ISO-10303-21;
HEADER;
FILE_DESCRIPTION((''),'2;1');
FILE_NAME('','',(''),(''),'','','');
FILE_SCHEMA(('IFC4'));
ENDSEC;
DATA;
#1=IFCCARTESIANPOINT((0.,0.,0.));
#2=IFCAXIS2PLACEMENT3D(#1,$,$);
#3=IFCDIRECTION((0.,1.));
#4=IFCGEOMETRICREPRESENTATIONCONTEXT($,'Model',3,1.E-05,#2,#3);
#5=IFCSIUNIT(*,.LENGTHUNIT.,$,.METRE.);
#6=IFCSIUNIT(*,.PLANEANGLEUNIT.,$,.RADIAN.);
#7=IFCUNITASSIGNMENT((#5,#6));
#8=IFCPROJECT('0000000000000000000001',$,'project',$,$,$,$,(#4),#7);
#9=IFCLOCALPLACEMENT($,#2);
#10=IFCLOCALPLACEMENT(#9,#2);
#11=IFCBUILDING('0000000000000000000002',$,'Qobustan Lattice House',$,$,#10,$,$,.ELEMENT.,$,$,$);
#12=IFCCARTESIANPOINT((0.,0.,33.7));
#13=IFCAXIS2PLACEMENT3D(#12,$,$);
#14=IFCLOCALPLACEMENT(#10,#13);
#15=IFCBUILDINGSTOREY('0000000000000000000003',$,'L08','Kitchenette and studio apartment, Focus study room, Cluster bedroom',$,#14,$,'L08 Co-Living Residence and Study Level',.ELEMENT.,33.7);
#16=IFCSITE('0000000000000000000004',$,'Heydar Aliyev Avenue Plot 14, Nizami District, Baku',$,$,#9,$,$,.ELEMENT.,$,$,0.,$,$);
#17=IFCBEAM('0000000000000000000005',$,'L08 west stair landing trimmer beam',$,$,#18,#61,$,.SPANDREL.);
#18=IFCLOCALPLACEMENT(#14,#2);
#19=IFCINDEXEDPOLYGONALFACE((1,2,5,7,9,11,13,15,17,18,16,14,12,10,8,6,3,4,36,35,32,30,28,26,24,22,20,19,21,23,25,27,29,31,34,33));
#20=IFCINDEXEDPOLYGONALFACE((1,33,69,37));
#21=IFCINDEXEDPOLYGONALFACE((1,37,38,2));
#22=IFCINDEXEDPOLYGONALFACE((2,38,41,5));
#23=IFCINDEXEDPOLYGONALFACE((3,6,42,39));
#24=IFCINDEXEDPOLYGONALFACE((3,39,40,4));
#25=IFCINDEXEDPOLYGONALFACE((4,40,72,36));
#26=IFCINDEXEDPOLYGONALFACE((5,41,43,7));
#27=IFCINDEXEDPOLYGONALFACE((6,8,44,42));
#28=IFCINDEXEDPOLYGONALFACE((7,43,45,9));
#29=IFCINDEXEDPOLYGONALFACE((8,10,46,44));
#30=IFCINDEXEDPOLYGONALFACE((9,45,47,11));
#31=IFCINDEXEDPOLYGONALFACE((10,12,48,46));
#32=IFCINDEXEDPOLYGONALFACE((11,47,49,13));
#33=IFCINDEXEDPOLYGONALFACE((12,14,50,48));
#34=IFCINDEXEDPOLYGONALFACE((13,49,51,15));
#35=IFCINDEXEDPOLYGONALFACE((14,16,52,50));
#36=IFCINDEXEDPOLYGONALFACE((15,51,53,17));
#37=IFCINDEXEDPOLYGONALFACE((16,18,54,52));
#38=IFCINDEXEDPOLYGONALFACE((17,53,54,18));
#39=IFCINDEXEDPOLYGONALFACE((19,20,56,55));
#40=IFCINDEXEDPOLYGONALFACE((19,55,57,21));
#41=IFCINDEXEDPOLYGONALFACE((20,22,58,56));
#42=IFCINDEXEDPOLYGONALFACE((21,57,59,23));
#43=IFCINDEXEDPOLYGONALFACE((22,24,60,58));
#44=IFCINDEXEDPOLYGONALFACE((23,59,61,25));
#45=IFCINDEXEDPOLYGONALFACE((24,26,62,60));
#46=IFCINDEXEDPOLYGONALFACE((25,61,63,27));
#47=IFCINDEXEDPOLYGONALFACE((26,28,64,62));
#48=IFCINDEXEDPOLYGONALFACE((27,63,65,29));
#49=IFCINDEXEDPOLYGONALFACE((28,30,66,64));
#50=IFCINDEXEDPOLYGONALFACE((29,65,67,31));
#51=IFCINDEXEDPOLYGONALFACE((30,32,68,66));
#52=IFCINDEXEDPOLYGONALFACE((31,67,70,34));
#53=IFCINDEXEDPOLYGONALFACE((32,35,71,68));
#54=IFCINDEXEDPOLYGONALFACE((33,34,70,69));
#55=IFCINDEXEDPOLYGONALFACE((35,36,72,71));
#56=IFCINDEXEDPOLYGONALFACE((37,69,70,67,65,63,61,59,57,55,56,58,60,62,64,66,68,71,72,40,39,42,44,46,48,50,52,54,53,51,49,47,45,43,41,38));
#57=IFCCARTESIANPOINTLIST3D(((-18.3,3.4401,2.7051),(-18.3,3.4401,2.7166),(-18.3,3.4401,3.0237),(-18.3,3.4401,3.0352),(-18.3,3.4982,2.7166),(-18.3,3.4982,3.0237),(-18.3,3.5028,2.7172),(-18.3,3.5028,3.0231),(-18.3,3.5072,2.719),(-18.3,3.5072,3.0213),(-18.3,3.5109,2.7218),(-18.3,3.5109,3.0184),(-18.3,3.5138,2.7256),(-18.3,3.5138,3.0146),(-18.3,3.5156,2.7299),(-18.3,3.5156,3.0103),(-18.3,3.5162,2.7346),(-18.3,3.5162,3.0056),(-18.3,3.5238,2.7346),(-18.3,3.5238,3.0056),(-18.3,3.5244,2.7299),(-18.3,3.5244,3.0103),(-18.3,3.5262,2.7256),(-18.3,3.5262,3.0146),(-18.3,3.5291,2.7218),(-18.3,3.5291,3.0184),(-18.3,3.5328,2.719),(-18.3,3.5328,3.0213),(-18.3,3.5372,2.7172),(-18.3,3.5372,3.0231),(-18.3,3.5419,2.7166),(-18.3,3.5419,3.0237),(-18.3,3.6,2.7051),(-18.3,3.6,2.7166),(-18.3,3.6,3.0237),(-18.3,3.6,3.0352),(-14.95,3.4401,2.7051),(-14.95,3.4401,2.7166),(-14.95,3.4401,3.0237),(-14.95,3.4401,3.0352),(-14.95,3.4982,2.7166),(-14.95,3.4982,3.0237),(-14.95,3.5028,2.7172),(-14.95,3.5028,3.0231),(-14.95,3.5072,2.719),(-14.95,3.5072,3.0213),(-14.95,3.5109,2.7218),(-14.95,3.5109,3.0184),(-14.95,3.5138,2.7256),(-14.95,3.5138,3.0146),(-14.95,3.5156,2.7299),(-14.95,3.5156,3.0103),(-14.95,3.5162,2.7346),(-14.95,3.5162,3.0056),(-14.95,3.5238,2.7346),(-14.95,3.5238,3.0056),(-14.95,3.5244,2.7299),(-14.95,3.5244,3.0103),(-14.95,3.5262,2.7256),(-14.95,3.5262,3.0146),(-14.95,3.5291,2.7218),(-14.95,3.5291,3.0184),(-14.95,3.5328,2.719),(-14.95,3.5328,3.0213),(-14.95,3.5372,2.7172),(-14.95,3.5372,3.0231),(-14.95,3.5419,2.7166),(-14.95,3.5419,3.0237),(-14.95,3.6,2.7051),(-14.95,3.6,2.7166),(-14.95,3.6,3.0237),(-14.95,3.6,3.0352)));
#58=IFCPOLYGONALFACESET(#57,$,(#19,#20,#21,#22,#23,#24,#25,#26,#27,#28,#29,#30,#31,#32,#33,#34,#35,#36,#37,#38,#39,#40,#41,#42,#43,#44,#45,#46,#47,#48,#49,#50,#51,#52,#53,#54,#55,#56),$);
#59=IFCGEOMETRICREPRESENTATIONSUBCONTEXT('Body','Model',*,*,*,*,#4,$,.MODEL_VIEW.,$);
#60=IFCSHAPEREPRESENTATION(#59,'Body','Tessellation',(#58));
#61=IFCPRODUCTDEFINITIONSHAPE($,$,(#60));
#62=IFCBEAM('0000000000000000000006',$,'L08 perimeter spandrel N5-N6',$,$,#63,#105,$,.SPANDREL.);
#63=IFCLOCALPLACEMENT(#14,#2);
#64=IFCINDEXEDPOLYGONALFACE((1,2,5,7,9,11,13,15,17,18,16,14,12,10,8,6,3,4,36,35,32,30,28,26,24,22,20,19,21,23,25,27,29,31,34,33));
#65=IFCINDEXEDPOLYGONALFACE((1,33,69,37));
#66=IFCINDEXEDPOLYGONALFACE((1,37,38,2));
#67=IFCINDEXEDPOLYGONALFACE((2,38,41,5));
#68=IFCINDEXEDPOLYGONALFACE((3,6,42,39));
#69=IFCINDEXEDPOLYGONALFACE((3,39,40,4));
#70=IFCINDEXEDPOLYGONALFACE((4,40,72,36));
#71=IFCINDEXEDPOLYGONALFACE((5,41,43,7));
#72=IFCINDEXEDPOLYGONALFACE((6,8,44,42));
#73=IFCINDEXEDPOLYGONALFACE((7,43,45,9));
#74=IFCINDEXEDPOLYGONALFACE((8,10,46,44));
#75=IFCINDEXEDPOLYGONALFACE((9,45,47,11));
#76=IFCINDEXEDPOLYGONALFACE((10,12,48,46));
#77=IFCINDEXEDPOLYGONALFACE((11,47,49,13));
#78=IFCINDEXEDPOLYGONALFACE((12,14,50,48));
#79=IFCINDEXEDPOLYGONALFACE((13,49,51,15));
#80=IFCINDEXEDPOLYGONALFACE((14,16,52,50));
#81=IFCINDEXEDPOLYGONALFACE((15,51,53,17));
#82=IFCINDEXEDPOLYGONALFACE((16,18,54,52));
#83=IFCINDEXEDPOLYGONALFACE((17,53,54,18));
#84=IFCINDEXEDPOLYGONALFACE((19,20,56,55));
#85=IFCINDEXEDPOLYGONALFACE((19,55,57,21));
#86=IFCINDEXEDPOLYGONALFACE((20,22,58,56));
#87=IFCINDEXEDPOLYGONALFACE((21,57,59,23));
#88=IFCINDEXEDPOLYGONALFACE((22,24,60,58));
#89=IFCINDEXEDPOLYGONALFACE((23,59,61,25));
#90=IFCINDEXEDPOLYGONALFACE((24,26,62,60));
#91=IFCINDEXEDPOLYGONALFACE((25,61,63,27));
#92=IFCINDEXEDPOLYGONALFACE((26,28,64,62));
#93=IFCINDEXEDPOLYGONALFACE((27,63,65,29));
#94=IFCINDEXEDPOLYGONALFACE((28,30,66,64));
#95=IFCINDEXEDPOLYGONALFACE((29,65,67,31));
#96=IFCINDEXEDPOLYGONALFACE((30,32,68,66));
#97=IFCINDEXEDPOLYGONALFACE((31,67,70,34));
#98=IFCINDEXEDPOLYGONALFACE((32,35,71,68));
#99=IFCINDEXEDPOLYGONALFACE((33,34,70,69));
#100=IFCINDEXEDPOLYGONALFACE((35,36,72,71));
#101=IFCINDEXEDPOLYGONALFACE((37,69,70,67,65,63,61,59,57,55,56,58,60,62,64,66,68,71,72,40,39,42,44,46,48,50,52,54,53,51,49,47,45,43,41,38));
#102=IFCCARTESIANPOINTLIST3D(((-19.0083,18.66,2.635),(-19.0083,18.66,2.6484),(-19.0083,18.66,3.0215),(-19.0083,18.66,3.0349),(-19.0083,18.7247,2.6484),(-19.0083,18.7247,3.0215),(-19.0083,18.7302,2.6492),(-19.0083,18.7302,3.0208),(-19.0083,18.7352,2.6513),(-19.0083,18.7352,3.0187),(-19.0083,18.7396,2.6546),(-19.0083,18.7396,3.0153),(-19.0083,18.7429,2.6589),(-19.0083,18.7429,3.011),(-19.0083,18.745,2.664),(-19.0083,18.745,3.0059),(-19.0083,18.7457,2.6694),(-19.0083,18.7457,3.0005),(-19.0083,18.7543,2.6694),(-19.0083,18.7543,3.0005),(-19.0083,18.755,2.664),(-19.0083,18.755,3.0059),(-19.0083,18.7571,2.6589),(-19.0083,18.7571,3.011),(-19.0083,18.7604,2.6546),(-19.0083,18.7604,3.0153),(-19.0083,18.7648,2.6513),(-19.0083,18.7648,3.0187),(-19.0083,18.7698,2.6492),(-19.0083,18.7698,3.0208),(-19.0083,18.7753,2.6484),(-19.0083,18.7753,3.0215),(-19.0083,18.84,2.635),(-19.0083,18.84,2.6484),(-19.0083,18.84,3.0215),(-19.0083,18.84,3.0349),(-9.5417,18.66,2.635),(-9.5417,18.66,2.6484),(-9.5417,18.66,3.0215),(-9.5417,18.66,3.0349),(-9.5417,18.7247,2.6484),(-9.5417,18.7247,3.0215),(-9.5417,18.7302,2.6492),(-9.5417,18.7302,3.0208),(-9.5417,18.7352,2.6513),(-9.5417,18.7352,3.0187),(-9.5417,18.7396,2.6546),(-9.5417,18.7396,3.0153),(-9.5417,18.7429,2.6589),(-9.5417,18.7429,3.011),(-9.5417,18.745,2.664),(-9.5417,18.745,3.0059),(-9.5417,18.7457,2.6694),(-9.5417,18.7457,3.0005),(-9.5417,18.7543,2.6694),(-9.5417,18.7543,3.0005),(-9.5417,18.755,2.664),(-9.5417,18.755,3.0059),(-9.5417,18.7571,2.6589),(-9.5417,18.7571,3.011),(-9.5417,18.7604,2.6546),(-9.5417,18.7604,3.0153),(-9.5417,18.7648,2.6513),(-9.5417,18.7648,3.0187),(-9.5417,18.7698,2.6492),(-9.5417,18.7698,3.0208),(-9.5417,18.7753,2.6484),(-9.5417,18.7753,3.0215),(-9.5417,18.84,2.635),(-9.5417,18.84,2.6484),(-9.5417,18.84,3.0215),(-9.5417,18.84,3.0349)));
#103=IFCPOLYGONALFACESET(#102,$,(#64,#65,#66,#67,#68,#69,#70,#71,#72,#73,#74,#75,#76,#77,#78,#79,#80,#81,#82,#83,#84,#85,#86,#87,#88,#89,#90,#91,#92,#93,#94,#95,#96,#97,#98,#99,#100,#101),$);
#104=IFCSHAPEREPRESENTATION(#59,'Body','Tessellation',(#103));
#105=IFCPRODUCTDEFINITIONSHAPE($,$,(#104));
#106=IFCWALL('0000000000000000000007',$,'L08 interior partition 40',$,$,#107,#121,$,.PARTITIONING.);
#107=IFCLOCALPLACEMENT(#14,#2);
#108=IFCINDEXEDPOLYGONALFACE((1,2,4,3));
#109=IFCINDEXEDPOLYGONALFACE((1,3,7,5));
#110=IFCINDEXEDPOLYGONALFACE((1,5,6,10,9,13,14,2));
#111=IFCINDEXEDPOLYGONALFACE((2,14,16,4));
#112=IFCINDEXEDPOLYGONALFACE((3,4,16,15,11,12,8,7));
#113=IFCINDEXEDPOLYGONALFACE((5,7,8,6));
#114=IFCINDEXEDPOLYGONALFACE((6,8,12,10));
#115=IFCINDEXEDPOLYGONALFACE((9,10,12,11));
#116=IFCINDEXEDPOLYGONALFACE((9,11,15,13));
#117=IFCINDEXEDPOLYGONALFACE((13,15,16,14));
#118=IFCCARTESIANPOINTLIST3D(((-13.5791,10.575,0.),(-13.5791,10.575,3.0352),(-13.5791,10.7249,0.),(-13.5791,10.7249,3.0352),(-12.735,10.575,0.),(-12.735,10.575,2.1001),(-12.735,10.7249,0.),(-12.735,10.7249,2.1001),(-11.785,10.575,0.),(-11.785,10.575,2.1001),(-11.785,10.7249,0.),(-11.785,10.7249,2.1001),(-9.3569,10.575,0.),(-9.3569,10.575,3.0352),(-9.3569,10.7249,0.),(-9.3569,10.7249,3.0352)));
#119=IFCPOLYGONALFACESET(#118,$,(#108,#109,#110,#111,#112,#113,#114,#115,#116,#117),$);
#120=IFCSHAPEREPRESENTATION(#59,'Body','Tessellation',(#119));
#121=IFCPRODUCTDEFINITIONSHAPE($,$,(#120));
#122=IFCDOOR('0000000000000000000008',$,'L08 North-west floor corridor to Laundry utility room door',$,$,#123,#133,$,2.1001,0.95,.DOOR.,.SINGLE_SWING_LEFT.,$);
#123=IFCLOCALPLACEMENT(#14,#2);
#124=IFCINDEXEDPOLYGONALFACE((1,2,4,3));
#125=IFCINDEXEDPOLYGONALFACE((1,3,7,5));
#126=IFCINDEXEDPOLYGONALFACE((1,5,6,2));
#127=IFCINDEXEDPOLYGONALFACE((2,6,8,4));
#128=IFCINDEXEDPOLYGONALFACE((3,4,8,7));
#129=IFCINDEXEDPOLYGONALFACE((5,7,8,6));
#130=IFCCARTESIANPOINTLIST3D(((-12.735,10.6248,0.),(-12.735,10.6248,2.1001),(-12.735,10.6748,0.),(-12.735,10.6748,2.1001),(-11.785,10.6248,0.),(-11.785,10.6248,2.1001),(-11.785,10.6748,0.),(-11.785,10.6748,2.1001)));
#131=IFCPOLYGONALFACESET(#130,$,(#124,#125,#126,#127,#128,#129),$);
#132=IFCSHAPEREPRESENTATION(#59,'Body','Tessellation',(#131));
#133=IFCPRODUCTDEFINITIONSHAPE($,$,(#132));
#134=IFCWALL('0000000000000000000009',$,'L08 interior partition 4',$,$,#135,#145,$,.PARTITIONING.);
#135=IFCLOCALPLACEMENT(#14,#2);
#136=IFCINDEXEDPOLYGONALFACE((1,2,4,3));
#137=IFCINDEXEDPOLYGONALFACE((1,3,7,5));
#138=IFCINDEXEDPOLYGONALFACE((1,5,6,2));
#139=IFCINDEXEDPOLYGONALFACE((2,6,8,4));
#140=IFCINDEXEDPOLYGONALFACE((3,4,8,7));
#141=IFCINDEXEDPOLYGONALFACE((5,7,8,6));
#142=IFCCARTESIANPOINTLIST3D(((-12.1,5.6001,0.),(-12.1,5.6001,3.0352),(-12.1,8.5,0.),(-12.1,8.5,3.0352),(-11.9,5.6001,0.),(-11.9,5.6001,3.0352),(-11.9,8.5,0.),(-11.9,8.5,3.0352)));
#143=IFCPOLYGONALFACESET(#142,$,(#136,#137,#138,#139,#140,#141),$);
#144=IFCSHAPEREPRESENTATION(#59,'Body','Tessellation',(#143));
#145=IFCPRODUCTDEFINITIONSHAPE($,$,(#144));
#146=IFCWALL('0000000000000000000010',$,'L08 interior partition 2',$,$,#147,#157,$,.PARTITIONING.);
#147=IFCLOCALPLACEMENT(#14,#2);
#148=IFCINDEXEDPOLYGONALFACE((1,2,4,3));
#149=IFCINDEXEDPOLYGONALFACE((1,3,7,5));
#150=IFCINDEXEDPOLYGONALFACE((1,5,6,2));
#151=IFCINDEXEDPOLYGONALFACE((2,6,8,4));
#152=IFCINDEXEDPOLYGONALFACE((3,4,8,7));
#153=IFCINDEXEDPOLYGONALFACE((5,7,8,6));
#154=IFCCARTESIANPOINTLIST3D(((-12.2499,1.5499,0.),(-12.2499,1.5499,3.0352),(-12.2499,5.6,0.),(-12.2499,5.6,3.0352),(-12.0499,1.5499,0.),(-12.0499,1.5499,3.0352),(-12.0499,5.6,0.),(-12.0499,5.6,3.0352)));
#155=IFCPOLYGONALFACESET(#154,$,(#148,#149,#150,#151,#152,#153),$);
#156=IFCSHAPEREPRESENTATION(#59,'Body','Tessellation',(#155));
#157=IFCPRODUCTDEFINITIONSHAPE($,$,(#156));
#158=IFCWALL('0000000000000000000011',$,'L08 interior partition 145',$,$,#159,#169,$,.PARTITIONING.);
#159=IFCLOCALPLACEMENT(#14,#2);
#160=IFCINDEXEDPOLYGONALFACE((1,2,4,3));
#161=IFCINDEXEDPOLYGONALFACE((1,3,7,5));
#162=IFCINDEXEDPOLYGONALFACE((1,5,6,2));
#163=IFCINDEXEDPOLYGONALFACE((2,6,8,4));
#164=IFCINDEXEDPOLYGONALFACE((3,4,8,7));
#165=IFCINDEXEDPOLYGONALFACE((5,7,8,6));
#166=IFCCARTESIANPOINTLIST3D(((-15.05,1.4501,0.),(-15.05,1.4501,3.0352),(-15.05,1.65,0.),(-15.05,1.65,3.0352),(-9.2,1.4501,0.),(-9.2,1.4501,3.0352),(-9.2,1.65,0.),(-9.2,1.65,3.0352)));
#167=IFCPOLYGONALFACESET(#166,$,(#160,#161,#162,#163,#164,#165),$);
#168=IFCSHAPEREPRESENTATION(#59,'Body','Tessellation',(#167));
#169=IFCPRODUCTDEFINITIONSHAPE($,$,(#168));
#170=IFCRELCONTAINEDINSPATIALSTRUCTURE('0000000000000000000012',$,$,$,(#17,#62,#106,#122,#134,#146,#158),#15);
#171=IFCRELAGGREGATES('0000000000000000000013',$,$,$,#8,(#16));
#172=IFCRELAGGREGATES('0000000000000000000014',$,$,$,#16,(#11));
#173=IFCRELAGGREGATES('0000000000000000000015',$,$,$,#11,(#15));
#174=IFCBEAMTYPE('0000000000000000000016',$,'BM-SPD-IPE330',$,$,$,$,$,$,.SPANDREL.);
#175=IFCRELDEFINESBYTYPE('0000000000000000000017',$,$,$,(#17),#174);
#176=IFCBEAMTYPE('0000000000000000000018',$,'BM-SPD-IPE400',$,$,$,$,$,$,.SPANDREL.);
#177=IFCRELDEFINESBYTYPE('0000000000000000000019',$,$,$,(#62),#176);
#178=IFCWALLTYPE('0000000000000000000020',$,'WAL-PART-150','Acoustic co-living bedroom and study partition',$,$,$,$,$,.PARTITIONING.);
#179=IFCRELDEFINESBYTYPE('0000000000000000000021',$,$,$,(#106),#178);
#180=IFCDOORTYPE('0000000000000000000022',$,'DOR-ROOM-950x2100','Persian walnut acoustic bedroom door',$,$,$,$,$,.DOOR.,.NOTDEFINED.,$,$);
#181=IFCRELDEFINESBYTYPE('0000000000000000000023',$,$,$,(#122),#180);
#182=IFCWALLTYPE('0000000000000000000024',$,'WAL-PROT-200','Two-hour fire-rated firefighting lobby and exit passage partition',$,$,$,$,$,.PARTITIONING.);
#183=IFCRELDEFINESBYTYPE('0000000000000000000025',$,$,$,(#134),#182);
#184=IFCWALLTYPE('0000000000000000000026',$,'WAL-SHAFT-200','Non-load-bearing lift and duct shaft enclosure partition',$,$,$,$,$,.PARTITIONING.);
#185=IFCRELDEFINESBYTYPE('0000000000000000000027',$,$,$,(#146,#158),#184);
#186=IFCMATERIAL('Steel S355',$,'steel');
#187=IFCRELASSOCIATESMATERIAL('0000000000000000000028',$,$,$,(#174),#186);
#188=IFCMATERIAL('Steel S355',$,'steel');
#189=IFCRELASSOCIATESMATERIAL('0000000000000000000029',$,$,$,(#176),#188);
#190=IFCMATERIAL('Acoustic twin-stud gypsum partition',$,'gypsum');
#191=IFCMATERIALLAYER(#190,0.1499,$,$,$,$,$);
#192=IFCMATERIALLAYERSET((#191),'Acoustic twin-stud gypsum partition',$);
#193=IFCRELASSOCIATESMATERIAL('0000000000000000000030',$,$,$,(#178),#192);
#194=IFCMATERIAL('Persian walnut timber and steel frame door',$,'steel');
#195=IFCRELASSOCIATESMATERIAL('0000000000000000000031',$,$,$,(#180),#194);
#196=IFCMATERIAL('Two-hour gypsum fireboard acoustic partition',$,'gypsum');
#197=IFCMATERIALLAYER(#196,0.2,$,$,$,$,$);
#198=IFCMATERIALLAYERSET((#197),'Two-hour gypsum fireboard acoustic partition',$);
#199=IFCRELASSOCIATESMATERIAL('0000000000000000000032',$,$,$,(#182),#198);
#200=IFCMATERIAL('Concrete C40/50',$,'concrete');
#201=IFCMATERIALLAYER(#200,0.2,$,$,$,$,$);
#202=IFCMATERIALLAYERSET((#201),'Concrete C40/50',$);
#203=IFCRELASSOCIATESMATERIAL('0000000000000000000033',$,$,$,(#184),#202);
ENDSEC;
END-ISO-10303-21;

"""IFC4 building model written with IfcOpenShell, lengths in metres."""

from ifc_helpers import new_model, si_unit, direction, frame, frame_2d, origin, origin_2d, place, context, subcontext, project, spatial, rectangle, i_section, extrude, material, layer, layer_set, material_profile, profile_set, type_object, element, fill, save


model = new_model("IFC4")

# Units and contexts
model_context = context("Model", 3, precision=1e-05, world=origin(), true_north=direction((0.0, 1.0)))
body_context = subcontext(model_context, "Body", "Model", "MODEL_VIEW")
ifc_project = project(units=[si_unit("LENGTHUNIT", "METRE"), si_unit("PLANEANGLEUNIT", "RADIAN")], contexts=[model_context])

# Site, building, storey
site_placement = place(None, origin())
site = spatial("IfcSite", under=ifc_project, at=site_placement, Name="Heydar Aliyev Avenue Plot 14, Nizami District, Baku", CompositionType="ELEMENT", RefElevation=0.0)
building_placement = place(site_placement, origin())
building = spatial("IfcBuilding", under=site, at=building_placement, Name="Qobustan Lattice House", CompositionType="ELEMENT")
storey_placement = place(building_placement, frame((0.0, 0.0, 33.7)))
storey = spatial("IfcBuildingStorey", under=building, at=storey_placement, Name="L08", Description="Kitchenette and studio apartment, Focus study room, Cluster bedroom", LongName="L08 Co-Living Residence and Study Level", CompositionType="ELEMENT", Elevation=33.7)

# Beams
ifc_material_1 = material(Name="Steel S355", Category="steel")
ifc_material_profile_1 = material_profile(ifc_material_1, i_section(OverallWidth=0.1599, OverallDepth=0.3301, WebThickness=0.0076, FlangeThickness=0.0115, FilletRadius=0.0181, at=origin_2d()), Name="IPE330")
ifc_profile_set_1 = profile_set([ifc_material_profile_1], Name="Steel S355")
beam_type_1 = type_object("IfcBeamType", Name="BM-SPD-IPE330", PredefinedType="SPANDREL", material=ifc_profile_set_1)
beam_1_placement = place(storey_placement, frame((-18.3, 3.52, 2.8701), z_axis=(1.0, 0.0, 0.0), x_axis=(0.0, 1.0, 0.0)))
element("IfcBeam", 1, at=beam_1_placement, inside=storey, type_object=beam_type_1, Name="L08 west stair landing trimmer beam", PredefinedType="SPANDREL", context=body_context, shape_type="SweptSolid", body=[
    extrude(i_section(OverallWidth=0.1599, OverallDepth=0.3301, WebThickness=0.0076, FlangeThickness=0.0115, FilletRadius=0.0181, at=origin_2d()), origin(), (0.0, 0.0, 1.0), 3.3501),
])
ifc_material_2 = material(Name="Steel S355", Category="steel")
ifc_material_profile_2 = material_profile(ifc_material_2, i_section(OverallWidth=0.1799, OverallDepth=0.3999, WebThickness=0.0085, FlangeThickness=0.0134, FilletRadius=0.021, at=origin_2d()), Name="IPE400")
ifc_profile_set_2 = profile_set([ifc_material_profile_2], Name="Steel S355")
beam_type_2 = type_object("IfcBeamType", Name="BM-SPD-IPE400", PredefinedType="SPANDREL", material=ifc_profile_set_2)
beam_2_placement = place(storey_placement, frame((-9.5417, 18.75, 2.835), z_axis=(-1.0, 0.0, 0.0), x_axis=(0.0, -1.0, 0.0)))
element("IfcBeam", 2, at=beam_2_placement, inside=storey, type_object=beam_type_2, Name="L08 perimeter spandrel N5-N6", PredefinedType="SPANDREL", context=body_context, shape_type="SweptSolid", body=[
    extrude(i_section(OverallWidth=0.1799, OverallDepth=0.3999, WebThickness=0.0085, FlangeThickness=0.0134, FilletRadius=0.021, at=origin_2d()), origin(), (0.0, 0.0, 1.0), 9.4666),
])

# Wall, opening, door
ifc_material_3 = material(Name="Acoustic twin-stud gypsum partition", Category="gypsum")
ifc_layer_1 = layer(ifc_material_3, 0.1499)
ifc_layer_set_1 = layer_set([ifc_layer_1], Name="Acoustic twin-stud gypsum partition")
wall_type_1 = type_object("IfcWallType", Name="WAL-PART-150", Description="Acoustic co-living bedroom and study partition", PredefinedType="PARTITIONING", material=ifc_layer_set_1)
wall_1_placement = place(storey_placement, frame((-13.5791, 10.6499, 0.0), z_axis=(0.0, 0.0, 1.0), x_axis=(1.0, 0.0, 0.0)))
wall_1 = element("IfcWall", 3, at=wall_1_placement, inside=storey, type_object=wall_type_1, Name="L08 interior partition 40", PredefinedType="PARTITIONING", context=body_context, shape_type="SweptSolid", body=[
    extrude(rectangle(XDim=4.2222, YDim=0.1499, at=frame_2d((2.1111, 0.0))), origin(), (0.0, 0.0, 1.0), 3.0352),
])
opening_1_placement = place(wall_1_placement, frame((0.844, 0.0, 0.0)))
opening_1 = element("IfcOpeningElement", 4, at=opening_1_placement, cuts=wall_1, PredefinedType="OPENING", context=body_context, shape_type="SweptSolid", body=[
    extrude(rectangle(XDim=0.95, YDim=2.1001, at=frame_2d((0.4751, 1.05))), frame((0.0, 0.085, 0.0), z_axis=(0.0, -1.0, 0.0), x_axis=(1.0, 0.0, 0.0)), (0.0, 0.0, 1.0), 0.1699),
])
ifc_material_4 = material(Name="Persian walnut timber and steel frame door", Category="steel")
door_type_1 = type_object("IfcDoorType", Name="DOR-ROOM-950x2100", Description="Persian walnut acoustic bedroom door", OperationType="NOTDEFINED", PredefinedType="DOOR", material=ifc_material_4)
door_1_placement = place(opening_1_placement, origin())
door_1 = element("IfcDoor", 5, at=door_1_placement, inside=storey, type_object=door_type_1, Name="L08 North-west floor corridor to Laundry utility room door", OperationType="SINGLE_SWING_LEFT", OverallHeight=2.1001, OverallWidth=0.95, PredefinedType="DOOR", context=body_context, shape_type="SweptSolid", body=[
    extrude(rectangle(XDim=0.95, YDim=2.1001, at=frame_2d((0.4751, 1.05))), frame((0.0, 0.0249, 0.0), z_axis=(0.0, -1.0, 0.0), x_axis=(1.0, 0.0, 0.0)), (0.0, 0.0, 1.0), 0.05),
])
fill(opening_1, door_1)
ifc_material_5 = material(Name="Two-hour gypsum fireboard acoustic partition", Category="gypsum")
ifc_layer_2 = layer(ifc_material_5, 0.2)
ifc_layer_set_2 = layer_set([ifc_layer_2], Name="Two-hour gypsum fireboard acoustic partition")
wall_type_2 = type_object("IfcWallType", Name="WAL-PROT-200", Description="Two-hour fire-rated firefighting lobby and exit passage partition", PredefinedType="PARTITIONING", material=ifc_layer_set_2)

# Walls
wall_2_placement = place(storey_placement, frame((-12.0, 5.6001, 0.0), z_axis=(0.0, 0.0, 1.0), x_axis=(0.0, 1.0, 0.0)))
element("IfcWall", 6, at=wall_2_placement, inside=storey, type_object=wall_type_2, Name="L08 interior partition 4", PredefinedType="PARTITIONING", context=body_context, shape_type="SweptSolid", body=[
    extrude(rectangle(XDim=2.8999, YDim=0.2, at=frame_2d((1.45, 0.0))), origin(), (0.0, 0.0, 1.0), 3.0352),
])
ifc_material_6 = material(Name="Concrete C40/50", Category="concrete")
ifc_layer_3 = layer(ifc_material_6, 0.2)
ifc_layer_set_3 = layer_set([ifc_layer_3], Name="Concrete C40/50")
wall_type_3 = type_object("IfcWallType", Name="WAL-SHAFT-200", Description="Non-load-bearing lift and duct shaft enclosure partition", PredefinedType="PARTITIONING", material=ifc_layer_set_3)
wall_3_placement = place(storey_placement, frame((-12.1499, 1.55, 0.0), z_axis=(0.0, 0.0, 1.0), x_axis=(0.0, 1.0, 0.0)))
element("IfcWall", 7, at=wall_3_placement, inside=storey, type_object=wall_type_3, Name="L08 interior partition 2", PredefinedType="PARTITIONING", context=body_context, shape_type="SweptSolid", body=[
    extrude(rectangle(XDim=4.05, YDim=0.2, at=frame_2d((2.0249, 0.0))), origin(), (0.0, 0.0, 1.0), 3.0352),
])
wall_4_placement = place(storey_placement, frame((-15.05, 1.55, 0.0), z_axis=(0.0, 0.0, 1.0), x_axis=(1.0, 0.0, 0.0)))
element("IfcWall", 8, at=wall_4_placement, inside=storey, type_object=wall_type_3, Name="L08 interior partition 145", PredefinedType="PARTITIONING", context=body_context, shape_type="SweptSolid", body=[
    extrude(rectangle(XDim=5.8501, YDim=0.2, at=frame_2d((2.925, 0.0))), origin(), (0.0, 0.0, 1.0), 3.0352),
])

save(model, "model.ifc")
